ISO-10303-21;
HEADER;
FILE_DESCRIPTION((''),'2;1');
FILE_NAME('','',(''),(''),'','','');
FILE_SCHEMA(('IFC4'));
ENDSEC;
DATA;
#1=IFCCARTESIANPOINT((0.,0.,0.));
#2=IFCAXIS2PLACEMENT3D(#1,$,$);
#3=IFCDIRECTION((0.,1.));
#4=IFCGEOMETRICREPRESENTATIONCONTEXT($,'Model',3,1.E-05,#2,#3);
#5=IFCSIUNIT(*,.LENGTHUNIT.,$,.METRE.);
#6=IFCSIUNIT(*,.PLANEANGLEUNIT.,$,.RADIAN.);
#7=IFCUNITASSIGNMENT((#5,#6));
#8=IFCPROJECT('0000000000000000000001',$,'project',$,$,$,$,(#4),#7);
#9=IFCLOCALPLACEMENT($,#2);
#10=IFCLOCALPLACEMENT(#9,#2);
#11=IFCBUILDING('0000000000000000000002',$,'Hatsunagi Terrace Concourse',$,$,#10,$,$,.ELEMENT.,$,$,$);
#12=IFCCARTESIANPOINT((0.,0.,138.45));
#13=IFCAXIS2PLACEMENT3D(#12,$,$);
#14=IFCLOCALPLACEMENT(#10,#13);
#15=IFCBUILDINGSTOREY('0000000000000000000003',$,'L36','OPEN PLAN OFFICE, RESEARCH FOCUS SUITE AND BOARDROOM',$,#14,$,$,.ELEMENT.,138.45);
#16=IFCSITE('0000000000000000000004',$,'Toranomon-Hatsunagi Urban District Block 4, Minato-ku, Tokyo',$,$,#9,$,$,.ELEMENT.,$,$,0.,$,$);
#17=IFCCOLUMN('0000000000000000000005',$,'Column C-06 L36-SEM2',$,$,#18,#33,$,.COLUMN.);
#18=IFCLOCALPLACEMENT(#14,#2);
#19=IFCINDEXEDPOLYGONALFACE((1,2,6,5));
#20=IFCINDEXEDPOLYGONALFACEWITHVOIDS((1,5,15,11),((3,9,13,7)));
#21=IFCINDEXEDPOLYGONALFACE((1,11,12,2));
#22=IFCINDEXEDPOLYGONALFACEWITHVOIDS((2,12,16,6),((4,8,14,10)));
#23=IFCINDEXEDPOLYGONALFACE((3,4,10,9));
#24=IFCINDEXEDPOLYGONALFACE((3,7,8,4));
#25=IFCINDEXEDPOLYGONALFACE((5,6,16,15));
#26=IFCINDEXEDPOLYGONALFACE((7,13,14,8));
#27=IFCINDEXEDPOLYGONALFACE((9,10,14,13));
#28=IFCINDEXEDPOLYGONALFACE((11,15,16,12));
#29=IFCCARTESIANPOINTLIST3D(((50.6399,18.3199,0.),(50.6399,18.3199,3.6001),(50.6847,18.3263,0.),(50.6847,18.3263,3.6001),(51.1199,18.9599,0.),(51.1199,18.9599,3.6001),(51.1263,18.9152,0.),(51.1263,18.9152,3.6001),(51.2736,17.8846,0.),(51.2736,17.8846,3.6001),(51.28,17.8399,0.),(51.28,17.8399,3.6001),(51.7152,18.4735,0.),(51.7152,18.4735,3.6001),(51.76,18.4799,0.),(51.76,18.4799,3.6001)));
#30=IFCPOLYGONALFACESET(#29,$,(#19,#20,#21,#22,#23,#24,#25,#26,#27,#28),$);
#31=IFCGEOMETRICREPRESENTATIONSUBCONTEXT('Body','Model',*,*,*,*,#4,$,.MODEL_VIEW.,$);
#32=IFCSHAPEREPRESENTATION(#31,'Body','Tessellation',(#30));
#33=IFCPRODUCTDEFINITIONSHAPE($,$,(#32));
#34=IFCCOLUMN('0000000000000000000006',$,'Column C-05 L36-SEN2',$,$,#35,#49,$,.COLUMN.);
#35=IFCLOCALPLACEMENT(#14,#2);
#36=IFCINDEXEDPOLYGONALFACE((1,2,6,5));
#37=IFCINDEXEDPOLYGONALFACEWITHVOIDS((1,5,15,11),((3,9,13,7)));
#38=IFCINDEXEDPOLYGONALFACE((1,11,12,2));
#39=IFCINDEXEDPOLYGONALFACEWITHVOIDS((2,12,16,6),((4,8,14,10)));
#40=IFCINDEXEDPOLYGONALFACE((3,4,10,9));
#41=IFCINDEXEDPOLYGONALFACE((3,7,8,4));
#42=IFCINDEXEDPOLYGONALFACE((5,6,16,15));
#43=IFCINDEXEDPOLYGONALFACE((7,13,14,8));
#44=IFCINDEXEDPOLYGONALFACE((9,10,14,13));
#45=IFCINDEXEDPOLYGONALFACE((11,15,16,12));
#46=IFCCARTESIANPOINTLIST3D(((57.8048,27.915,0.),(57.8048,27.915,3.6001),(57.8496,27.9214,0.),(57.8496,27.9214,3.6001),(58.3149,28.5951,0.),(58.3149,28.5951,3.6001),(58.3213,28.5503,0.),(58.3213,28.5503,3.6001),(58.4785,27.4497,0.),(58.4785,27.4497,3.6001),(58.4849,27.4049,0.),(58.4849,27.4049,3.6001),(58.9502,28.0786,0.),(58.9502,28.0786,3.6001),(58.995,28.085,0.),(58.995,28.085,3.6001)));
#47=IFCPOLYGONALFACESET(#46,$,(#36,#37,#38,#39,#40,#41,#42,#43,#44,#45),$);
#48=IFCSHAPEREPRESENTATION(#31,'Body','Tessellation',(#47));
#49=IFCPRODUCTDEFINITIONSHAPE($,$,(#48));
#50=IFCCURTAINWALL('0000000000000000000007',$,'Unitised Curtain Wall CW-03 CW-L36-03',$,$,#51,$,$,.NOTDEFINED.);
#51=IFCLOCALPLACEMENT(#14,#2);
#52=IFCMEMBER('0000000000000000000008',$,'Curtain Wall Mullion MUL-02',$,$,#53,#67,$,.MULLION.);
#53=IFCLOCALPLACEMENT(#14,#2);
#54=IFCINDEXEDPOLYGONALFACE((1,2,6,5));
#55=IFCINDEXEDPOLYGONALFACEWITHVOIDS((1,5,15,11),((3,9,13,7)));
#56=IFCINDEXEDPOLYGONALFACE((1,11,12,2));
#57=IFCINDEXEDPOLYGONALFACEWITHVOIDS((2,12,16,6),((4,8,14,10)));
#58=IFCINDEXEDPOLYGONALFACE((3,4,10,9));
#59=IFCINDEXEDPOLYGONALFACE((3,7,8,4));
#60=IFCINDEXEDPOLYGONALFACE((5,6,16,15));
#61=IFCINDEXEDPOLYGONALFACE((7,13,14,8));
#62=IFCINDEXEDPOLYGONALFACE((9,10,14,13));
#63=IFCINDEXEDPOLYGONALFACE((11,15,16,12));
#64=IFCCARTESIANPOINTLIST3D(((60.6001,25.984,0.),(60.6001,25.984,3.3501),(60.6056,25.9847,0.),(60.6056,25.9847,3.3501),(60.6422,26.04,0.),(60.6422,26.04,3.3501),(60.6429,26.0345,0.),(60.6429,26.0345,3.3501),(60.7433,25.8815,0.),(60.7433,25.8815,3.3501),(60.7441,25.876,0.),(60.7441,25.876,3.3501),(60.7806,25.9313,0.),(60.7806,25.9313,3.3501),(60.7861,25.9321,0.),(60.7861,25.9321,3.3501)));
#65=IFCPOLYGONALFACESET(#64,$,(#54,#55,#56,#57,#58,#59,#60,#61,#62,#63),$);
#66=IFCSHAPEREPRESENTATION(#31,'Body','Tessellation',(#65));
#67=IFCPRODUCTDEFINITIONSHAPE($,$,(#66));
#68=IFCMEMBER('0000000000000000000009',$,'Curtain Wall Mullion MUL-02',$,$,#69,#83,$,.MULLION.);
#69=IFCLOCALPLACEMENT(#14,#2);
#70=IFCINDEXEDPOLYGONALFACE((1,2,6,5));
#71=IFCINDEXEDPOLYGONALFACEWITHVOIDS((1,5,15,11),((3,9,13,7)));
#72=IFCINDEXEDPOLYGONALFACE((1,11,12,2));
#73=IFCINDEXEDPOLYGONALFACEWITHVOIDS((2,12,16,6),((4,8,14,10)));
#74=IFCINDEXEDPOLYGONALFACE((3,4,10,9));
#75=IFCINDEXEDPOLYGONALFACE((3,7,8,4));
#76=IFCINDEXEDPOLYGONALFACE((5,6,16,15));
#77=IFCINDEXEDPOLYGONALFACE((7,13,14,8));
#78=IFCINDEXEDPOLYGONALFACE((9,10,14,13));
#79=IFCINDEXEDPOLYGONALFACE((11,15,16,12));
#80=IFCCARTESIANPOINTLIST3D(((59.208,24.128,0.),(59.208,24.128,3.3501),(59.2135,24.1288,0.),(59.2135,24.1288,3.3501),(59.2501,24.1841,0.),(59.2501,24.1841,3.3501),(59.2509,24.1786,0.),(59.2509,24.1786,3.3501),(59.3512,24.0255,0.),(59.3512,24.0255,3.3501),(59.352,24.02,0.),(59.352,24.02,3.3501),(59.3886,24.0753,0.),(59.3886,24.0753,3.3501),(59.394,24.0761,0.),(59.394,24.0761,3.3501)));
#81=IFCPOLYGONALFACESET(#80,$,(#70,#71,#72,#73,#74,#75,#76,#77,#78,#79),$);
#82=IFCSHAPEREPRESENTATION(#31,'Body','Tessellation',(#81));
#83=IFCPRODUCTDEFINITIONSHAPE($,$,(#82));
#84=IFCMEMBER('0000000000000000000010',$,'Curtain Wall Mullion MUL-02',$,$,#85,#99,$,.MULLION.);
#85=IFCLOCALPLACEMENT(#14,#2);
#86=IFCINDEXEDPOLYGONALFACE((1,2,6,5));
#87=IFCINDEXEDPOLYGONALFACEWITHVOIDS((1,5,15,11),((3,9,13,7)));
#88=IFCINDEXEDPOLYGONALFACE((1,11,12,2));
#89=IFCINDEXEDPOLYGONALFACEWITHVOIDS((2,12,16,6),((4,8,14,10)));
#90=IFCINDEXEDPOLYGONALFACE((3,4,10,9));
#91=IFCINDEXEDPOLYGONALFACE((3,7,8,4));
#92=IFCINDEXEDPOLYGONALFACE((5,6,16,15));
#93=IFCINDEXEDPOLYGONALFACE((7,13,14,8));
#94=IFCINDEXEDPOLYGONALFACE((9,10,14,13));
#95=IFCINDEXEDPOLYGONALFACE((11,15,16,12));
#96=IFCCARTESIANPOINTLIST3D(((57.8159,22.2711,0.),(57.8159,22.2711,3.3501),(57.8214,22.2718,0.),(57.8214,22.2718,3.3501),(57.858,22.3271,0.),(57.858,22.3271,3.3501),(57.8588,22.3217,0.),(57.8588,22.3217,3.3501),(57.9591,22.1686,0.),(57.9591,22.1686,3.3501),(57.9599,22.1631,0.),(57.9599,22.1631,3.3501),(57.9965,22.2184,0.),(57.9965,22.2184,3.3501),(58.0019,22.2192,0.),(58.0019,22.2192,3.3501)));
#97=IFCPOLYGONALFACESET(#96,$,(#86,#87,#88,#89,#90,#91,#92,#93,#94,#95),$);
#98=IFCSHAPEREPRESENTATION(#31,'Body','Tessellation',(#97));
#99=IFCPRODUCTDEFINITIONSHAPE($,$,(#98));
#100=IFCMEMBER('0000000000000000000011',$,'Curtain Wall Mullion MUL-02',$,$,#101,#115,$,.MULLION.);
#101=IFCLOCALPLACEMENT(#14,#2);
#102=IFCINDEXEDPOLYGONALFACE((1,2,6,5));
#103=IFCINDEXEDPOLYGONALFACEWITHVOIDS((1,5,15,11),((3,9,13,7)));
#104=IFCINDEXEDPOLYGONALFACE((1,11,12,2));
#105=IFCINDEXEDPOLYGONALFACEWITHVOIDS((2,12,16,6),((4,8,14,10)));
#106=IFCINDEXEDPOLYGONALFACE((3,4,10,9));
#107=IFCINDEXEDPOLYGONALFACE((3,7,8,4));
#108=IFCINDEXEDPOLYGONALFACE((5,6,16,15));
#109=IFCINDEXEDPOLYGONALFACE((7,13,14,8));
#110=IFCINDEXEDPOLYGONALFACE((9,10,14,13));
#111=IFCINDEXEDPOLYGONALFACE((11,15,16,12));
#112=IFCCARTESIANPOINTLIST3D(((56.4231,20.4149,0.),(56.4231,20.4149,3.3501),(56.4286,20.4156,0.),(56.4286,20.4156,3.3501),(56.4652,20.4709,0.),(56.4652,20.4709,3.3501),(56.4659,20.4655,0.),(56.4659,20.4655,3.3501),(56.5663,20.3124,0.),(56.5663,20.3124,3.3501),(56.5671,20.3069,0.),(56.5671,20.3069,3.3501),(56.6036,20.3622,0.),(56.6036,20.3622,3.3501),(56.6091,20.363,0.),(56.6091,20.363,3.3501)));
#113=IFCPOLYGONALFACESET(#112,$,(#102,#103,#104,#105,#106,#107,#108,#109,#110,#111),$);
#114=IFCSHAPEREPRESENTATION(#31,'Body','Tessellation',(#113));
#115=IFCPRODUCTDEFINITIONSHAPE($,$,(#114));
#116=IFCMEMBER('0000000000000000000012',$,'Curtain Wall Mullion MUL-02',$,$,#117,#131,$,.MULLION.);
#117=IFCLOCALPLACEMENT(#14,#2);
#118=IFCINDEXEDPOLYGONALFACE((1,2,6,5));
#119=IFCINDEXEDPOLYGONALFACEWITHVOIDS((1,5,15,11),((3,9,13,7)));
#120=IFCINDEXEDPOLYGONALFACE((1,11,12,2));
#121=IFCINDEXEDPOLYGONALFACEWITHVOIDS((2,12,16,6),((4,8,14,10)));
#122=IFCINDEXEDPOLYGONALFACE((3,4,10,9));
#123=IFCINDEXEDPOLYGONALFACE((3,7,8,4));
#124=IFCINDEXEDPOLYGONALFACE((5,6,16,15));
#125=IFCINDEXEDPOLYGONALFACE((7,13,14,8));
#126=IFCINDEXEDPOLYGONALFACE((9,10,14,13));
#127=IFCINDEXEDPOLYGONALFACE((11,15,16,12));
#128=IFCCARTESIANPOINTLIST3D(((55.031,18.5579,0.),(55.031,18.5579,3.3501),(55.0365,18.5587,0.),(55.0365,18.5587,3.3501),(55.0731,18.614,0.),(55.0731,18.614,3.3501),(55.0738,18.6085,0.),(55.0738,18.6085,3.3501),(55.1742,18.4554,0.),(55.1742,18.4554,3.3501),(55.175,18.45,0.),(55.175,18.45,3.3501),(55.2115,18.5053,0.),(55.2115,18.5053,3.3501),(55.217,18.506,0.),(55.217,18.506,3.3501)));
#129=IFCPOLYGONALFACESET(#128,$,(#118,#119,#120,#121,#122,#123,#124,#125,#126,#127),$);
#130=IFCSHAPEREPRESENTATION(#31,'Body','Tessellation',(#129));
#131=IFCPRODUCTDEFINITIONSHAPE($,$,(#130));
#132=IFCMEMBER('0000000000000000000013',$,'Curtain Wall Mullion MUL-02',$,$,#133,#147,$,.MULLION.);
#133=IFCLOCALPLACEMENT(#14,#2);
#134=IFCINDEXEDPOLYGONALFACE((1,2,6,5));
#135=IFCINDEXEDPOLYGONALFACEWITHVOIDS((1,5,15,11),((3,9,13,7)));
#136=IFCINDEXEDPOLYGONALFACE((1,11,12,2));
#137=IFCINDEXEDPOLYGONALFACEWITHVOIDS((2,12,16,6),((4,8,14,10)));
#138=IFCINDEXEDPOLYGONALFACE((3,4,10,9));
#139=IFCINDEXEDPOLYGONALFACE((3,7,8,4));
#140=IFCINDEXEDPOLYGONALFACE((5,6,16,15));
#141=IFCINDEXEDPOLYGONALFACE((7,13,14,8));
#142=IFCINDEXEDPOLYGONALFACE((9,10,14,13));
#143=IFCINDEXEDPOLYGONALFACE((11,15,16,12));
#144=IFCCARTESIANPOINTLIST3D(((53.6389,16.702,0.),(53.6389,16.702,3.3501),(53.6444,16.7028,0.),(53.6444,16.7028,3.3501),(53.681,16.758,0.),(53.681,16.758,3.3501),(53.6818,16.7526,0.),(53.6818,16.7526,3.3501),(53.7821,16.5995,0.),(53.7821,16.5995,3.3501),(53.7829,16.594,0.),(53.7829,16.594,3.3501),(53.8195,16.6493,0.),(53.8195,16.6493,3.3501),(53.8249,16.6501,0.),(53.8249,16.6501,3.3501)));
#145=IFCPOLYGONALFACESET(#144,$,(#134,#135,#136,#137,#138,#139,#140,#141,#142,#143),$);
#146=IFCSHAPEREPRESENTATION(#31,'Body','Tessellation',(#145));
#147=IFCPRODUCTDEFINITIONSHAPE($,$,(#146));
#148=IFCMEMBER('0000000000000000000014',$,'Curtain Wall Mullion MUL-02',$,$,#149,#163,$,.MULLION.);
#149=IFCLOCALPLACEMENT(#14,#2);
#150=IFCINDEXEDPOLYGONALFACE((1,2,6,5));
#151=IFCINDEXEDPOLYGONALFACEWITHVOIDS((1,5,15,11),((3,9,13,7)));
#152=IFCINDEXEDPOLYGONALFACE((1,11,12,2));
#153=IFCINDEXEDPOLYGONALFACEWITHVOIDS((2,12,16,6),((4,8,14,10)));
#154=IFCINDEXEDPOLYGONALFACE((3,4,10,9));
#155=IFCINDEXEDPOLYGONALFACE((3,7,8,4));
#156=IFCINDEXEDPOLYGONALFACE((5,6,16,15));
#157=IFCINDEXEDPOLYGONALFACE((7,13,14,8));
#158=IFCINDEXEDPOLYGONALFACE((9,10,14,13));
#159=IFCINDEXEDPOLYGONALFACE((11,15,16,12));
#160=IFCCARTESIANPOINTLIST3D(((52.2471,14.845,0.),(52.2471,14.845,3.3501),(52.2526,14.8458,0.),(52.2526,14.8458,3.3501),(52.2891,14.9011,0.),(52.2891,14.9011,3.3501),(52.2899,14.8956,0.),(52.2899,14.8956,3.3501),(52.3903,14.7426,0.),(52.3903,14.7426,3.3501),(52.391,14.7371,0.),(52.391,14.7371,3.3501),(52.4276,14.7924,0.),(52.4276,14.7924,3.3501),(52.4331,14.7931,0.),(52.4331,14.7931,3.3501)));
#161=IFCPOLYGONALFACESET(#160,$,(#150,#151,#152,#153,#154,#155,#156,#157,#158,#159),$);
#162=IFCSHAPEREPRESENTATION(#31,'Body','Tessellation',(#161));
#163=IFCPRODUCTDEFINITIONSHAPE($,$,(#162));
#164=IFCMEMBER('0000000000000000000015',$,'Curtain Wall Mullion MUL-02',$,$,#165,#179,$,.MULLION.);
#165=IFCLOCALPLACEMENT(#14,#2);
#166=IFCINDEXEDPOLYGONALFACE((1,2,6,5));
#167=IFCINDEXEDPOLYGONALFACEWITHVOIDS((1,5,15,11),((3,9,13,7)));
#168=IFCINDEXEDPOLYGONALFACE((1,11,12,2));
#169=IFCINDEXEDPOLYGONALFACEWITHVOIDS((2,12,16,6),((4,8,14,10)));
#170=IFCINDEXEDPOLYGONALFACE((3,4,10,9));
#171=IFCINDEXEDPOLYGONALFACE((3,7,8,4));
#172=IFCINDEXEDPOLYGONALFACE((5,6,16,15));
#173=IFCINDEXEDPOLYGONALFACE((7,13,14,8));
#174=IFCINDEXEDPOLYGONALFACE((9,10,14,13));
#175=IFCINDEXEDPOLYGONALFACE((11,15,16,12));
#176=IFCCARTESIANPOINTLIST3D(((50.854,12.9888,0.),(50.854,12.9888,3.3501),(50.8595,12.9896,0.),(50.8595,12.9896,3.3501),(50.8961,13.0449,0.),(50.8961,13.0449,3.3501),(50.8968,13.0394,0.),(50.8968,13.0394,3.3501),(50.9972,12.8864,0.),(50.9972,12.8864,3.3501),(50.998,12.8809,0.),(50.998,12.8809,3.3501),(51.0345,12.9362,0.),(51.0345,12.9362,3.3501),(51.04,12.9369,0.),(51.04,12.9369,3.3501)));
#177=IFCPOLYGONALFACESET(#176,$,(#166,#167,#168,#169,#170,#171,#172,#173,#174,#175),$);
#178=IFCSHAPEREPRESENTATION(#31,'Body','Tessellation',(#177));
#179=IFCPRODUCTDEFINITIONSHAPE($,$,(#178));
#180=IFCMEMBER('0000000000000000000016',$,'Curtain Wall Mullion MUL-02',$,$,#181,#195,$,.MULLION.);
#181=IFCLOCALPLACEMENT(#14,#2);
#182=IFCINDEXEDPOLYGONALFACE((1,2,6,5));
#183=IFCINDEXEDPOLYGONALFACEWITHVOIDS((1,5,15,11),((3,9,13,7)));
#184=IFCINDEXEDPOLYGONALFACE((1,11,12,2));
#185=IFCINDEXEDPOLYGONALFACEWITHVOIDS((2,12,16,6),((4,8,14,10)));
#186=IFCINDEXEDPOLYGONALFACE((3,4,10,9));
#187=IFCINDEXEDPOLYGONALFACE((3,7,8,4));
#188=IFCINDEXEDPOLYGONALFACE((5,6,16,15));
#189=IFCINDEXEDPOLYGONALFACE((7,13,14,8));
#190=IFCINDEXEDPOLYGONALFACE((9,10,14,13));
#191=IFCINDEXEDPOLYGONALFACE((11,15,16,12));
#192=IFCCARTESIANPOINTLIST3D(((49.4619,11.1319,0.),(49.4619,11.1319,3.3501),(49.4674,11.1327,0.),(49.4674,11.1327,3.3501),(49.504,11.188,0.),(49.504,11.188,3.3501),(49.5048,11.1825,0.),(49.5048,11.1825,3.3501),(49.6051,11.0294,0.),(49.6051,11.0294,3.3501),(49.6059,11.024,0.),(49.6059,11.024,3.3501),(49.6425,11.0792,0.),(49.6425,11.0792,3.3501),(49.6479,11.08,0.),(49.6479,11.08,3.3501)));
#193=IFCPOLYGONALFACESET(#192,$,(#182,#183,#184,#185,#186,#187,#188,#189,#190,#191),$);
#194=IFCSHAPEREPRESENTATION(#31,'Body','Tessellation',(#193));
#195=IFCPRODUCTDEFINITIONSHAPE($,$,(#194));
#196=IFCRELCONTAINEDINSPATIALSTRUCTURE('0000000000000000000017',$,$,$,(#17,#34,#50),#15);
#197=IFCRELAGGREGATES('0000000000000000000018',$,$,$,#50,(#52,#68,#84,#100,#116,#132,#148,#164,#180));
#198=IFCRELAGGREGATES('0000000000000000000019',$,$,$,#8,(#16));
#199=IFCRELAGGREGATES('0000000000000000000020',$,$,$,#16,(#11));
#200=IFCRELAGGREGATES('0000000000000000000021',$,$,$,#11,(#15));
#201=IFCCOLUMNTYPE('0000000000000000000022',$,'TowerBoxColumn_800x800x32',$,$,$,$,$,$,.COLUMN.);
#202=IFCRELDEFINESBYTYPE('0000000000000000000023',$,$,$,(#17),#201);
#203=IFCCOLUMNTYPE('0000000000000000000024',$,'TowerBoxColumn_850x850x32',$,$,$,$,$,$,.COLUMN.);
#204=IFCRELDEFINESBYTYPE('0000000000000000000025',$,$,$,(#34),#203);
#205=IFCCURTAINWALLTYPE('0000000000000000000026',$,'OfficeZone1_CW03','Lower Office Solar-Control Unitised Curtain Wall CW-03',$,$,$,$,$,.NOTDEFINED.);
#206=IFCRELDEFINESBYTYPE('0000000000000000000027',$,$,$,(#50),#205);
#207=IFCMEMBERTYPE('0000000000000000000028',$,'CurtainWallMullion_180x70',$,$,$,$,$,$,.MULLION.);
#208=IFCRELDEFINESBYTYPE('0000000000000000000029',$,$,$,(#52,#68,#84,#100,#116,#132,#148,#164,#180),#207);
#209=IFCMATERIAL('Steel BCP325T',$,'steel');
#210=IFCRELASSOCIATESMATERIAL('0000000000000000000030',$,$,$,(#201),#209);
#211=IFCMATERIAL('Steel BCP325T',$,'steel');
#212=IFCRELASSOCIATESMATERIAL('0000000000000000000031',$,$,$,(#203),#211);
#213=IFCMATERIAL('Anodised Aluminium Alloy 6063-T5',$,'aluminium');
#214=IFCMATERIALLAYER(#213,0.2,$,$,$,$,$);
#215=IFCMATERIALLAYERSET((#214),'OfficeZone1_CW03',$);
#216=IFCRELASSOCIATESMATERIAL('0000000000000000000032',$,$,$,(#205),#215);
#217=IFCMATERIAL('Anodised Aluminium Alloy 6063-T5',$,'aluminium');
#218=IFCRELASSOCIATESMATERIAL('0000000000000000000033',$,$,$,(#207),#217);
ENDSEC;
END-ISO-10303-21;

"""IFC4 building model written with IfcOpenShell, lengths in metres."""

from ifc_helpers import new_model, si_unit, direction, frame, origin, origin_2d, place, context, subcontext, project, spatial, hollow_rectangle, extrude, material, layer, layer_set, material_profile, profile_set, type_object, element, aggregate, save


model = new_model("IFC4")

# Units and contexts
model_context = context("Model", 3, precision=1e-05, world=origin(), true_north=direction((0.0, 1.0)))
body_context = subcontext(model_context, "Body", "Model", "MODEL_VIEW")
ifc_project = project(units=[si_unit("LENGTHUNIT", "METRE"), si_unit("PLANEANGLEUNIT", "RADIAN")], contexts=[model_context])

# Site, building, storey
site_placement = place(None, origin())
site = spatial("IfcSite", under=ifc_project, at=site_placement, Name="Toranomon-Hatsunagi Urban District Block 4, Minato-ku, Tokyo", CompositionType="ELEMENT", RefElevation=0.0)
building_placement = place(site_placement, origin())
building = spatial("IfcBuilding", under=site, at=building_placement, Name="Hatsunagi Terrace Concourse", CompositionType="ELEMENT")
storey_placement = place(building_placement, frame((0.0, 0.0, 138.45)))
storey = spatial("IfcBuildingStorey", under=building, at=storey_placement, Name="L36", Description="OPEN PLAN OFFICE, RESEARCH FOCUS SUITE AND BOARDROOM", CompositionType="ELEMENT", Elevation=138.45)

# Columns
ifc_material_1 = material(Name="Steel BCP325T", Category="steel")
ifc_material_profile_1 = material_profile(ifc_material_1, hollow_rectangle(XDim=0.8, YDim=0.8, WallThickness=0.032, at=origin_2d()), Name="BCP-800x800x32")
ifc_profile_set_1 = profile_set([ifc_material_profile_1], Name="Steel BCP325T")
column_type_1 = type_object("IfcColumnType", Name="TowerBoxColumn_800x800x32", PredefinedType="COLUMN", material=ifc_profile_set_1)
column_1_placement = place(storey_placement, frame((51.2, 18.3999, 0.0), z_axis=(0.0, 0.0, 1.0), x_axis=(0.8, -0.6, 0.0)))
element("IfcColumn", 1, at=column_1_placement, inside=storey, type_object=column_type_1, Name="Column C-06 L36-SEM2", PredefinedType="COLUMN", context=body_context, shape_type="SweptSolid", body=[
    extrude(hollow_rectangle(XDim=0.8, YDim=0.8, WallThickness=0.032, at=origin_2d()), origin(), (0.0, 0.0, 1.0), 3.6001),
])
ifc_material_2 = material(Name="Steel BCP325T", Category="steel")
ifc_material_profile_2 = material_profile(ifc_material_2, hollow_rectangle(XDim=0.8501, YDim=0.8501, WallThickness=0.032, at=origin_2d()), Name="BCP-850x850x32")
ifc_profile_set_2 = profile_set([ifc_material_profile_2], Name="Steel BCP325T")
column_type_2 = type_object("IfcColumnType", Name="TowerBoxColumn_850x850x32", PredefinedType="COLUMN", material=ifc_profile_set_2)
column_2_placement = place(storey_placement, frame((58.3999, 28.0, 0.0), z_axis=(0.0, 0.0, 1.0), x_axis=(0.8, -0.6, 0.0)))
element("IfcColumn", 2, at=column_2_placement, inside=storey, type_object=column_type_2, Name="Column C-05 L36-SEN2", PredefinedType="COLUMN", context=body_context, shape_type="SweptSolid", body=[
    extrude(hollow_rectangle(XDim=0.8501, YDim=0.8501, WallThickness=0.032, at=origin_2d()), origin(), (0.0, 0.0, 1.0), 3.6001),
])

# Curtain wall, members
ifc_material_3 = material(Name="Anodised Aluminium Alloy 6063-T5", Category="aluminium")
ifc_layer_1 = layer(ifc_material_3, 0.2)
ifc_layer_set_1 = layer_set([ifc_layer_1], Name="OfficeZone1_CW03")
curtain_wall_type = type_object("IfcCurtainWallType", Name="OfficeZone1_CW03", Description="Lower Office Solar-Control Unitised Curtain Wall CW-03", PredefinedType="NOTDEFINED", material=ifc_layer_set_1)
curtain_wall_placement = place(storey_placement, origin())
curtain_wall = element("IfcCurtainWall", 3, at=curtain_wall_placement, inside=storey, type_object=curtain_wall_type, Name="Unitised Curtain Wall CW-03 CW-L36-03", PredefinedType="NOTDEFINED")
ifc_material_4 = material(Name="Anodised Aluminium Alloy 6063-T5", Category="aluminium")
ifc_material_profile_3 = material_profile(ifc_material_4, hollow_rectangle(XDim=0.0701, YDim=0.1799, WallThickness=0.0039, at=origin_2d()), Name="ALU-MUL-180x70x4")
ifc_profile_set_3 = profile_set([ifc_material_profile_3], Name="Anodised Aluminium Alloy 6063-T5")
member_type_1 = type_object("IfcMemberType", Name="CurtainWallMullion_180x70", PredefinedType="MULLION", material=ifc_profile_set_3)
member_1_placement = place(storey_placement, frame((60.6931, 25.958, 0.0), z_axis=(0.0, 0.0, 1.0), x_axis=(-0.599969, -0.800023, 0.0)))
member_1 = element("IfcMember", 4, at=member_1_placement, type_object=member_type_1, Name="Curtain Wall Mullion MUL-02", PredefinedType="MULLION", context=body_context, shape_type="SweptSolid", body=[
    extrude(hollow_rectangle(XDim=0.0701, YDim=0.1799, WallThickness=0.0039, at=origin_2d()), origin(), (0.0, 0.0, 1.0), 3.3501),
])
member_2_placement = place(storey_placement, frame((59.301, 24.1021, 0.0), z_axis=(0.0, 0.0, 1.0), x_axis=(-0.599969, -0.800023, 0.0)))
member_2 = element("IfcMember", 5, at=member_2_placement, type_object=member_type_1, Name="Curtain Wall Mullion MUL-02", PredefinedType="MULLION", context=body_context, shape_type="SweptSolid", body=[
    extrude(hollow_rectangle(XDim=0.0701, YDim=0.1799, WallThickness=0.0039, at=origin_2d()), origin(), (0.0, 0.0, 1.0), 3.3501),
])
member_3_placement = place(storey_placement, frame((57.9089, 22.2451, 0.0), z_axis=(0.0, 0.0, 1.0), x_axis=(-0.599969, -0.800023, 0.0)))
member_3 = element("IfcMember", 6, at=member_3_placement, type_object=member_type_1, Name="Curtain Wall Mullion MUL-02", PredefinedType="MULLION", context=body_context, shape_type="SweptSolid", body=[
    extrude(hollow_rectangle(XDim=0.0701, YDim=0.1799, WallThickness=0.0039, at=origin_2d()), origin(), (0.0, 0.0, 1.0), 3.3501),
])
member_4_placement = place(storey_placement, frame((56.5161, 20.3889, 0.0), z_axis=(0.0, 0.0, 1.0), x_axis=(-0.599969, -0.800023, 0.0)))
member_4 = element("IfcMember", 7, at=member_4_placement, type_object=member_type_1, Name="Curtain Wall Mullion MUL-02", PredefinedType="MULLION", context=body_context, shape_type="SweptSolid", body=[
    extrude(hollow_rectangle(XDim=0.0701, YDim=0.1799, WallThickness=0.0039, at=origin_2d()), origin(), (0.0, 0.0, 1.0), 3.3501),
])
member_5_placement = place(storey_placement, frame((55.124, 18.532, 0.0), z_axis=(0.0, 0.0, 1.0), x_axis=(-0.599969, -0.800023, 0.0)))
member_5 = element("IfcMember", 8, at=member_5_placement, type_object=member_type_1, Name="Curtain Wall Mullion MUL-02", PredefinedType="MULLION", context=body_context, shape_type="SweptSolid", body=[
    extrude(hollow_rectangle(XDim=0.0701, YDim=0.1799, WallThickness=0.0039, at=origin_2d()), origin(), (0.0, 0.0, 1.0), 3.3501),
])
member_6_placement = place(storey_placement, frame((53.7319, 16.676, 0.0), z_axis=(0.0, 0.0, 1.0), x_axis=(-0.599969, -0.800023, 0.0)))
member_6 = element("IfcMember", 9, at=member_6_placement, type_object=member_type_1, Name="Curtain Wall Mullion MUL-02", PredefinedType="MULLION", context=body_context, shape_type="SweptSolid", body=[
    extrude(hollow_rectangle(XDim=0.0701, YDim=0.1799, WallThickness=0.0039, at=origin_2d()), origin(), (0.0, 0.0, 1.0), 3.3501),
])
member_7_placement = place(storey_placement, frame((52.3401, 14.8191, 0.0), z_axis=(0.0, 0.0, 1.0), x_axis=(-0.599969, -0.800023, 0.0)))
member_7 = element("IfcMember", 10, at=member_7_placement, type_object=member_type_1, Name="Curtain Wall Mullion MUL-02", PredefinedType="MULLION", context=body_context, shape_type="SweptSolid", body=[
    extrude(hollow_rectangle(XDim=0.0701, YDim=0.1799, WallThickness=0.0039, at=origin_2d()), origin(), (0.0, 0.0, 1.0), 3.3501),
])
member_8_placement = place(storey_placement, frame((50.947, 12.9629, 0.0), z_axis=(0.0, 0.0, 1.0), x_axis=(-0.599969, -0.800023, 0.0)))
member_8 = element("IfcMember", 11, at=member_8_placement, type_object=member_type_1, Name="Curtain Wall Mullion MUL-02", PredefinedType="MULLION", context=body_context, shape_type="SweptSolid", body=[
    extrude(hollow_rectangle(XDim=0.0701, YDim=0.1799, WallThickness=0.0039, at=origin_2d()), origin(), (0.0, 0.0, 1.0), 3.3501),
])
member_9_placement = place(storey_placement, frame((49.5549, 11.106, 0.0), z_axis=(0.0, 0.0, 1.0), x_axis=(-0.599969, -0.800023, 0.0)))
member_9 = element("IfcMember", 12, at=member_9_placement, type_object=member_type_1, Name="Curtain Wall Mullion MUL-02", PredefinedType="MULLION", context=body_context, shape_type="SweptSolid", body=[
    extrude(hollow_rectangle(XDim=0.0701, YDim=0.1799, WallThickness=0.0039, at=origin_2d()), origin(), (0.0, 0.0, 1.0), 3.3501),
])

aggregate(curtain_wall, [member_1, member_2, member_3, member_4, member_5, member_6, member_7, member_8, member_9])

save(model, "model.ifc")
